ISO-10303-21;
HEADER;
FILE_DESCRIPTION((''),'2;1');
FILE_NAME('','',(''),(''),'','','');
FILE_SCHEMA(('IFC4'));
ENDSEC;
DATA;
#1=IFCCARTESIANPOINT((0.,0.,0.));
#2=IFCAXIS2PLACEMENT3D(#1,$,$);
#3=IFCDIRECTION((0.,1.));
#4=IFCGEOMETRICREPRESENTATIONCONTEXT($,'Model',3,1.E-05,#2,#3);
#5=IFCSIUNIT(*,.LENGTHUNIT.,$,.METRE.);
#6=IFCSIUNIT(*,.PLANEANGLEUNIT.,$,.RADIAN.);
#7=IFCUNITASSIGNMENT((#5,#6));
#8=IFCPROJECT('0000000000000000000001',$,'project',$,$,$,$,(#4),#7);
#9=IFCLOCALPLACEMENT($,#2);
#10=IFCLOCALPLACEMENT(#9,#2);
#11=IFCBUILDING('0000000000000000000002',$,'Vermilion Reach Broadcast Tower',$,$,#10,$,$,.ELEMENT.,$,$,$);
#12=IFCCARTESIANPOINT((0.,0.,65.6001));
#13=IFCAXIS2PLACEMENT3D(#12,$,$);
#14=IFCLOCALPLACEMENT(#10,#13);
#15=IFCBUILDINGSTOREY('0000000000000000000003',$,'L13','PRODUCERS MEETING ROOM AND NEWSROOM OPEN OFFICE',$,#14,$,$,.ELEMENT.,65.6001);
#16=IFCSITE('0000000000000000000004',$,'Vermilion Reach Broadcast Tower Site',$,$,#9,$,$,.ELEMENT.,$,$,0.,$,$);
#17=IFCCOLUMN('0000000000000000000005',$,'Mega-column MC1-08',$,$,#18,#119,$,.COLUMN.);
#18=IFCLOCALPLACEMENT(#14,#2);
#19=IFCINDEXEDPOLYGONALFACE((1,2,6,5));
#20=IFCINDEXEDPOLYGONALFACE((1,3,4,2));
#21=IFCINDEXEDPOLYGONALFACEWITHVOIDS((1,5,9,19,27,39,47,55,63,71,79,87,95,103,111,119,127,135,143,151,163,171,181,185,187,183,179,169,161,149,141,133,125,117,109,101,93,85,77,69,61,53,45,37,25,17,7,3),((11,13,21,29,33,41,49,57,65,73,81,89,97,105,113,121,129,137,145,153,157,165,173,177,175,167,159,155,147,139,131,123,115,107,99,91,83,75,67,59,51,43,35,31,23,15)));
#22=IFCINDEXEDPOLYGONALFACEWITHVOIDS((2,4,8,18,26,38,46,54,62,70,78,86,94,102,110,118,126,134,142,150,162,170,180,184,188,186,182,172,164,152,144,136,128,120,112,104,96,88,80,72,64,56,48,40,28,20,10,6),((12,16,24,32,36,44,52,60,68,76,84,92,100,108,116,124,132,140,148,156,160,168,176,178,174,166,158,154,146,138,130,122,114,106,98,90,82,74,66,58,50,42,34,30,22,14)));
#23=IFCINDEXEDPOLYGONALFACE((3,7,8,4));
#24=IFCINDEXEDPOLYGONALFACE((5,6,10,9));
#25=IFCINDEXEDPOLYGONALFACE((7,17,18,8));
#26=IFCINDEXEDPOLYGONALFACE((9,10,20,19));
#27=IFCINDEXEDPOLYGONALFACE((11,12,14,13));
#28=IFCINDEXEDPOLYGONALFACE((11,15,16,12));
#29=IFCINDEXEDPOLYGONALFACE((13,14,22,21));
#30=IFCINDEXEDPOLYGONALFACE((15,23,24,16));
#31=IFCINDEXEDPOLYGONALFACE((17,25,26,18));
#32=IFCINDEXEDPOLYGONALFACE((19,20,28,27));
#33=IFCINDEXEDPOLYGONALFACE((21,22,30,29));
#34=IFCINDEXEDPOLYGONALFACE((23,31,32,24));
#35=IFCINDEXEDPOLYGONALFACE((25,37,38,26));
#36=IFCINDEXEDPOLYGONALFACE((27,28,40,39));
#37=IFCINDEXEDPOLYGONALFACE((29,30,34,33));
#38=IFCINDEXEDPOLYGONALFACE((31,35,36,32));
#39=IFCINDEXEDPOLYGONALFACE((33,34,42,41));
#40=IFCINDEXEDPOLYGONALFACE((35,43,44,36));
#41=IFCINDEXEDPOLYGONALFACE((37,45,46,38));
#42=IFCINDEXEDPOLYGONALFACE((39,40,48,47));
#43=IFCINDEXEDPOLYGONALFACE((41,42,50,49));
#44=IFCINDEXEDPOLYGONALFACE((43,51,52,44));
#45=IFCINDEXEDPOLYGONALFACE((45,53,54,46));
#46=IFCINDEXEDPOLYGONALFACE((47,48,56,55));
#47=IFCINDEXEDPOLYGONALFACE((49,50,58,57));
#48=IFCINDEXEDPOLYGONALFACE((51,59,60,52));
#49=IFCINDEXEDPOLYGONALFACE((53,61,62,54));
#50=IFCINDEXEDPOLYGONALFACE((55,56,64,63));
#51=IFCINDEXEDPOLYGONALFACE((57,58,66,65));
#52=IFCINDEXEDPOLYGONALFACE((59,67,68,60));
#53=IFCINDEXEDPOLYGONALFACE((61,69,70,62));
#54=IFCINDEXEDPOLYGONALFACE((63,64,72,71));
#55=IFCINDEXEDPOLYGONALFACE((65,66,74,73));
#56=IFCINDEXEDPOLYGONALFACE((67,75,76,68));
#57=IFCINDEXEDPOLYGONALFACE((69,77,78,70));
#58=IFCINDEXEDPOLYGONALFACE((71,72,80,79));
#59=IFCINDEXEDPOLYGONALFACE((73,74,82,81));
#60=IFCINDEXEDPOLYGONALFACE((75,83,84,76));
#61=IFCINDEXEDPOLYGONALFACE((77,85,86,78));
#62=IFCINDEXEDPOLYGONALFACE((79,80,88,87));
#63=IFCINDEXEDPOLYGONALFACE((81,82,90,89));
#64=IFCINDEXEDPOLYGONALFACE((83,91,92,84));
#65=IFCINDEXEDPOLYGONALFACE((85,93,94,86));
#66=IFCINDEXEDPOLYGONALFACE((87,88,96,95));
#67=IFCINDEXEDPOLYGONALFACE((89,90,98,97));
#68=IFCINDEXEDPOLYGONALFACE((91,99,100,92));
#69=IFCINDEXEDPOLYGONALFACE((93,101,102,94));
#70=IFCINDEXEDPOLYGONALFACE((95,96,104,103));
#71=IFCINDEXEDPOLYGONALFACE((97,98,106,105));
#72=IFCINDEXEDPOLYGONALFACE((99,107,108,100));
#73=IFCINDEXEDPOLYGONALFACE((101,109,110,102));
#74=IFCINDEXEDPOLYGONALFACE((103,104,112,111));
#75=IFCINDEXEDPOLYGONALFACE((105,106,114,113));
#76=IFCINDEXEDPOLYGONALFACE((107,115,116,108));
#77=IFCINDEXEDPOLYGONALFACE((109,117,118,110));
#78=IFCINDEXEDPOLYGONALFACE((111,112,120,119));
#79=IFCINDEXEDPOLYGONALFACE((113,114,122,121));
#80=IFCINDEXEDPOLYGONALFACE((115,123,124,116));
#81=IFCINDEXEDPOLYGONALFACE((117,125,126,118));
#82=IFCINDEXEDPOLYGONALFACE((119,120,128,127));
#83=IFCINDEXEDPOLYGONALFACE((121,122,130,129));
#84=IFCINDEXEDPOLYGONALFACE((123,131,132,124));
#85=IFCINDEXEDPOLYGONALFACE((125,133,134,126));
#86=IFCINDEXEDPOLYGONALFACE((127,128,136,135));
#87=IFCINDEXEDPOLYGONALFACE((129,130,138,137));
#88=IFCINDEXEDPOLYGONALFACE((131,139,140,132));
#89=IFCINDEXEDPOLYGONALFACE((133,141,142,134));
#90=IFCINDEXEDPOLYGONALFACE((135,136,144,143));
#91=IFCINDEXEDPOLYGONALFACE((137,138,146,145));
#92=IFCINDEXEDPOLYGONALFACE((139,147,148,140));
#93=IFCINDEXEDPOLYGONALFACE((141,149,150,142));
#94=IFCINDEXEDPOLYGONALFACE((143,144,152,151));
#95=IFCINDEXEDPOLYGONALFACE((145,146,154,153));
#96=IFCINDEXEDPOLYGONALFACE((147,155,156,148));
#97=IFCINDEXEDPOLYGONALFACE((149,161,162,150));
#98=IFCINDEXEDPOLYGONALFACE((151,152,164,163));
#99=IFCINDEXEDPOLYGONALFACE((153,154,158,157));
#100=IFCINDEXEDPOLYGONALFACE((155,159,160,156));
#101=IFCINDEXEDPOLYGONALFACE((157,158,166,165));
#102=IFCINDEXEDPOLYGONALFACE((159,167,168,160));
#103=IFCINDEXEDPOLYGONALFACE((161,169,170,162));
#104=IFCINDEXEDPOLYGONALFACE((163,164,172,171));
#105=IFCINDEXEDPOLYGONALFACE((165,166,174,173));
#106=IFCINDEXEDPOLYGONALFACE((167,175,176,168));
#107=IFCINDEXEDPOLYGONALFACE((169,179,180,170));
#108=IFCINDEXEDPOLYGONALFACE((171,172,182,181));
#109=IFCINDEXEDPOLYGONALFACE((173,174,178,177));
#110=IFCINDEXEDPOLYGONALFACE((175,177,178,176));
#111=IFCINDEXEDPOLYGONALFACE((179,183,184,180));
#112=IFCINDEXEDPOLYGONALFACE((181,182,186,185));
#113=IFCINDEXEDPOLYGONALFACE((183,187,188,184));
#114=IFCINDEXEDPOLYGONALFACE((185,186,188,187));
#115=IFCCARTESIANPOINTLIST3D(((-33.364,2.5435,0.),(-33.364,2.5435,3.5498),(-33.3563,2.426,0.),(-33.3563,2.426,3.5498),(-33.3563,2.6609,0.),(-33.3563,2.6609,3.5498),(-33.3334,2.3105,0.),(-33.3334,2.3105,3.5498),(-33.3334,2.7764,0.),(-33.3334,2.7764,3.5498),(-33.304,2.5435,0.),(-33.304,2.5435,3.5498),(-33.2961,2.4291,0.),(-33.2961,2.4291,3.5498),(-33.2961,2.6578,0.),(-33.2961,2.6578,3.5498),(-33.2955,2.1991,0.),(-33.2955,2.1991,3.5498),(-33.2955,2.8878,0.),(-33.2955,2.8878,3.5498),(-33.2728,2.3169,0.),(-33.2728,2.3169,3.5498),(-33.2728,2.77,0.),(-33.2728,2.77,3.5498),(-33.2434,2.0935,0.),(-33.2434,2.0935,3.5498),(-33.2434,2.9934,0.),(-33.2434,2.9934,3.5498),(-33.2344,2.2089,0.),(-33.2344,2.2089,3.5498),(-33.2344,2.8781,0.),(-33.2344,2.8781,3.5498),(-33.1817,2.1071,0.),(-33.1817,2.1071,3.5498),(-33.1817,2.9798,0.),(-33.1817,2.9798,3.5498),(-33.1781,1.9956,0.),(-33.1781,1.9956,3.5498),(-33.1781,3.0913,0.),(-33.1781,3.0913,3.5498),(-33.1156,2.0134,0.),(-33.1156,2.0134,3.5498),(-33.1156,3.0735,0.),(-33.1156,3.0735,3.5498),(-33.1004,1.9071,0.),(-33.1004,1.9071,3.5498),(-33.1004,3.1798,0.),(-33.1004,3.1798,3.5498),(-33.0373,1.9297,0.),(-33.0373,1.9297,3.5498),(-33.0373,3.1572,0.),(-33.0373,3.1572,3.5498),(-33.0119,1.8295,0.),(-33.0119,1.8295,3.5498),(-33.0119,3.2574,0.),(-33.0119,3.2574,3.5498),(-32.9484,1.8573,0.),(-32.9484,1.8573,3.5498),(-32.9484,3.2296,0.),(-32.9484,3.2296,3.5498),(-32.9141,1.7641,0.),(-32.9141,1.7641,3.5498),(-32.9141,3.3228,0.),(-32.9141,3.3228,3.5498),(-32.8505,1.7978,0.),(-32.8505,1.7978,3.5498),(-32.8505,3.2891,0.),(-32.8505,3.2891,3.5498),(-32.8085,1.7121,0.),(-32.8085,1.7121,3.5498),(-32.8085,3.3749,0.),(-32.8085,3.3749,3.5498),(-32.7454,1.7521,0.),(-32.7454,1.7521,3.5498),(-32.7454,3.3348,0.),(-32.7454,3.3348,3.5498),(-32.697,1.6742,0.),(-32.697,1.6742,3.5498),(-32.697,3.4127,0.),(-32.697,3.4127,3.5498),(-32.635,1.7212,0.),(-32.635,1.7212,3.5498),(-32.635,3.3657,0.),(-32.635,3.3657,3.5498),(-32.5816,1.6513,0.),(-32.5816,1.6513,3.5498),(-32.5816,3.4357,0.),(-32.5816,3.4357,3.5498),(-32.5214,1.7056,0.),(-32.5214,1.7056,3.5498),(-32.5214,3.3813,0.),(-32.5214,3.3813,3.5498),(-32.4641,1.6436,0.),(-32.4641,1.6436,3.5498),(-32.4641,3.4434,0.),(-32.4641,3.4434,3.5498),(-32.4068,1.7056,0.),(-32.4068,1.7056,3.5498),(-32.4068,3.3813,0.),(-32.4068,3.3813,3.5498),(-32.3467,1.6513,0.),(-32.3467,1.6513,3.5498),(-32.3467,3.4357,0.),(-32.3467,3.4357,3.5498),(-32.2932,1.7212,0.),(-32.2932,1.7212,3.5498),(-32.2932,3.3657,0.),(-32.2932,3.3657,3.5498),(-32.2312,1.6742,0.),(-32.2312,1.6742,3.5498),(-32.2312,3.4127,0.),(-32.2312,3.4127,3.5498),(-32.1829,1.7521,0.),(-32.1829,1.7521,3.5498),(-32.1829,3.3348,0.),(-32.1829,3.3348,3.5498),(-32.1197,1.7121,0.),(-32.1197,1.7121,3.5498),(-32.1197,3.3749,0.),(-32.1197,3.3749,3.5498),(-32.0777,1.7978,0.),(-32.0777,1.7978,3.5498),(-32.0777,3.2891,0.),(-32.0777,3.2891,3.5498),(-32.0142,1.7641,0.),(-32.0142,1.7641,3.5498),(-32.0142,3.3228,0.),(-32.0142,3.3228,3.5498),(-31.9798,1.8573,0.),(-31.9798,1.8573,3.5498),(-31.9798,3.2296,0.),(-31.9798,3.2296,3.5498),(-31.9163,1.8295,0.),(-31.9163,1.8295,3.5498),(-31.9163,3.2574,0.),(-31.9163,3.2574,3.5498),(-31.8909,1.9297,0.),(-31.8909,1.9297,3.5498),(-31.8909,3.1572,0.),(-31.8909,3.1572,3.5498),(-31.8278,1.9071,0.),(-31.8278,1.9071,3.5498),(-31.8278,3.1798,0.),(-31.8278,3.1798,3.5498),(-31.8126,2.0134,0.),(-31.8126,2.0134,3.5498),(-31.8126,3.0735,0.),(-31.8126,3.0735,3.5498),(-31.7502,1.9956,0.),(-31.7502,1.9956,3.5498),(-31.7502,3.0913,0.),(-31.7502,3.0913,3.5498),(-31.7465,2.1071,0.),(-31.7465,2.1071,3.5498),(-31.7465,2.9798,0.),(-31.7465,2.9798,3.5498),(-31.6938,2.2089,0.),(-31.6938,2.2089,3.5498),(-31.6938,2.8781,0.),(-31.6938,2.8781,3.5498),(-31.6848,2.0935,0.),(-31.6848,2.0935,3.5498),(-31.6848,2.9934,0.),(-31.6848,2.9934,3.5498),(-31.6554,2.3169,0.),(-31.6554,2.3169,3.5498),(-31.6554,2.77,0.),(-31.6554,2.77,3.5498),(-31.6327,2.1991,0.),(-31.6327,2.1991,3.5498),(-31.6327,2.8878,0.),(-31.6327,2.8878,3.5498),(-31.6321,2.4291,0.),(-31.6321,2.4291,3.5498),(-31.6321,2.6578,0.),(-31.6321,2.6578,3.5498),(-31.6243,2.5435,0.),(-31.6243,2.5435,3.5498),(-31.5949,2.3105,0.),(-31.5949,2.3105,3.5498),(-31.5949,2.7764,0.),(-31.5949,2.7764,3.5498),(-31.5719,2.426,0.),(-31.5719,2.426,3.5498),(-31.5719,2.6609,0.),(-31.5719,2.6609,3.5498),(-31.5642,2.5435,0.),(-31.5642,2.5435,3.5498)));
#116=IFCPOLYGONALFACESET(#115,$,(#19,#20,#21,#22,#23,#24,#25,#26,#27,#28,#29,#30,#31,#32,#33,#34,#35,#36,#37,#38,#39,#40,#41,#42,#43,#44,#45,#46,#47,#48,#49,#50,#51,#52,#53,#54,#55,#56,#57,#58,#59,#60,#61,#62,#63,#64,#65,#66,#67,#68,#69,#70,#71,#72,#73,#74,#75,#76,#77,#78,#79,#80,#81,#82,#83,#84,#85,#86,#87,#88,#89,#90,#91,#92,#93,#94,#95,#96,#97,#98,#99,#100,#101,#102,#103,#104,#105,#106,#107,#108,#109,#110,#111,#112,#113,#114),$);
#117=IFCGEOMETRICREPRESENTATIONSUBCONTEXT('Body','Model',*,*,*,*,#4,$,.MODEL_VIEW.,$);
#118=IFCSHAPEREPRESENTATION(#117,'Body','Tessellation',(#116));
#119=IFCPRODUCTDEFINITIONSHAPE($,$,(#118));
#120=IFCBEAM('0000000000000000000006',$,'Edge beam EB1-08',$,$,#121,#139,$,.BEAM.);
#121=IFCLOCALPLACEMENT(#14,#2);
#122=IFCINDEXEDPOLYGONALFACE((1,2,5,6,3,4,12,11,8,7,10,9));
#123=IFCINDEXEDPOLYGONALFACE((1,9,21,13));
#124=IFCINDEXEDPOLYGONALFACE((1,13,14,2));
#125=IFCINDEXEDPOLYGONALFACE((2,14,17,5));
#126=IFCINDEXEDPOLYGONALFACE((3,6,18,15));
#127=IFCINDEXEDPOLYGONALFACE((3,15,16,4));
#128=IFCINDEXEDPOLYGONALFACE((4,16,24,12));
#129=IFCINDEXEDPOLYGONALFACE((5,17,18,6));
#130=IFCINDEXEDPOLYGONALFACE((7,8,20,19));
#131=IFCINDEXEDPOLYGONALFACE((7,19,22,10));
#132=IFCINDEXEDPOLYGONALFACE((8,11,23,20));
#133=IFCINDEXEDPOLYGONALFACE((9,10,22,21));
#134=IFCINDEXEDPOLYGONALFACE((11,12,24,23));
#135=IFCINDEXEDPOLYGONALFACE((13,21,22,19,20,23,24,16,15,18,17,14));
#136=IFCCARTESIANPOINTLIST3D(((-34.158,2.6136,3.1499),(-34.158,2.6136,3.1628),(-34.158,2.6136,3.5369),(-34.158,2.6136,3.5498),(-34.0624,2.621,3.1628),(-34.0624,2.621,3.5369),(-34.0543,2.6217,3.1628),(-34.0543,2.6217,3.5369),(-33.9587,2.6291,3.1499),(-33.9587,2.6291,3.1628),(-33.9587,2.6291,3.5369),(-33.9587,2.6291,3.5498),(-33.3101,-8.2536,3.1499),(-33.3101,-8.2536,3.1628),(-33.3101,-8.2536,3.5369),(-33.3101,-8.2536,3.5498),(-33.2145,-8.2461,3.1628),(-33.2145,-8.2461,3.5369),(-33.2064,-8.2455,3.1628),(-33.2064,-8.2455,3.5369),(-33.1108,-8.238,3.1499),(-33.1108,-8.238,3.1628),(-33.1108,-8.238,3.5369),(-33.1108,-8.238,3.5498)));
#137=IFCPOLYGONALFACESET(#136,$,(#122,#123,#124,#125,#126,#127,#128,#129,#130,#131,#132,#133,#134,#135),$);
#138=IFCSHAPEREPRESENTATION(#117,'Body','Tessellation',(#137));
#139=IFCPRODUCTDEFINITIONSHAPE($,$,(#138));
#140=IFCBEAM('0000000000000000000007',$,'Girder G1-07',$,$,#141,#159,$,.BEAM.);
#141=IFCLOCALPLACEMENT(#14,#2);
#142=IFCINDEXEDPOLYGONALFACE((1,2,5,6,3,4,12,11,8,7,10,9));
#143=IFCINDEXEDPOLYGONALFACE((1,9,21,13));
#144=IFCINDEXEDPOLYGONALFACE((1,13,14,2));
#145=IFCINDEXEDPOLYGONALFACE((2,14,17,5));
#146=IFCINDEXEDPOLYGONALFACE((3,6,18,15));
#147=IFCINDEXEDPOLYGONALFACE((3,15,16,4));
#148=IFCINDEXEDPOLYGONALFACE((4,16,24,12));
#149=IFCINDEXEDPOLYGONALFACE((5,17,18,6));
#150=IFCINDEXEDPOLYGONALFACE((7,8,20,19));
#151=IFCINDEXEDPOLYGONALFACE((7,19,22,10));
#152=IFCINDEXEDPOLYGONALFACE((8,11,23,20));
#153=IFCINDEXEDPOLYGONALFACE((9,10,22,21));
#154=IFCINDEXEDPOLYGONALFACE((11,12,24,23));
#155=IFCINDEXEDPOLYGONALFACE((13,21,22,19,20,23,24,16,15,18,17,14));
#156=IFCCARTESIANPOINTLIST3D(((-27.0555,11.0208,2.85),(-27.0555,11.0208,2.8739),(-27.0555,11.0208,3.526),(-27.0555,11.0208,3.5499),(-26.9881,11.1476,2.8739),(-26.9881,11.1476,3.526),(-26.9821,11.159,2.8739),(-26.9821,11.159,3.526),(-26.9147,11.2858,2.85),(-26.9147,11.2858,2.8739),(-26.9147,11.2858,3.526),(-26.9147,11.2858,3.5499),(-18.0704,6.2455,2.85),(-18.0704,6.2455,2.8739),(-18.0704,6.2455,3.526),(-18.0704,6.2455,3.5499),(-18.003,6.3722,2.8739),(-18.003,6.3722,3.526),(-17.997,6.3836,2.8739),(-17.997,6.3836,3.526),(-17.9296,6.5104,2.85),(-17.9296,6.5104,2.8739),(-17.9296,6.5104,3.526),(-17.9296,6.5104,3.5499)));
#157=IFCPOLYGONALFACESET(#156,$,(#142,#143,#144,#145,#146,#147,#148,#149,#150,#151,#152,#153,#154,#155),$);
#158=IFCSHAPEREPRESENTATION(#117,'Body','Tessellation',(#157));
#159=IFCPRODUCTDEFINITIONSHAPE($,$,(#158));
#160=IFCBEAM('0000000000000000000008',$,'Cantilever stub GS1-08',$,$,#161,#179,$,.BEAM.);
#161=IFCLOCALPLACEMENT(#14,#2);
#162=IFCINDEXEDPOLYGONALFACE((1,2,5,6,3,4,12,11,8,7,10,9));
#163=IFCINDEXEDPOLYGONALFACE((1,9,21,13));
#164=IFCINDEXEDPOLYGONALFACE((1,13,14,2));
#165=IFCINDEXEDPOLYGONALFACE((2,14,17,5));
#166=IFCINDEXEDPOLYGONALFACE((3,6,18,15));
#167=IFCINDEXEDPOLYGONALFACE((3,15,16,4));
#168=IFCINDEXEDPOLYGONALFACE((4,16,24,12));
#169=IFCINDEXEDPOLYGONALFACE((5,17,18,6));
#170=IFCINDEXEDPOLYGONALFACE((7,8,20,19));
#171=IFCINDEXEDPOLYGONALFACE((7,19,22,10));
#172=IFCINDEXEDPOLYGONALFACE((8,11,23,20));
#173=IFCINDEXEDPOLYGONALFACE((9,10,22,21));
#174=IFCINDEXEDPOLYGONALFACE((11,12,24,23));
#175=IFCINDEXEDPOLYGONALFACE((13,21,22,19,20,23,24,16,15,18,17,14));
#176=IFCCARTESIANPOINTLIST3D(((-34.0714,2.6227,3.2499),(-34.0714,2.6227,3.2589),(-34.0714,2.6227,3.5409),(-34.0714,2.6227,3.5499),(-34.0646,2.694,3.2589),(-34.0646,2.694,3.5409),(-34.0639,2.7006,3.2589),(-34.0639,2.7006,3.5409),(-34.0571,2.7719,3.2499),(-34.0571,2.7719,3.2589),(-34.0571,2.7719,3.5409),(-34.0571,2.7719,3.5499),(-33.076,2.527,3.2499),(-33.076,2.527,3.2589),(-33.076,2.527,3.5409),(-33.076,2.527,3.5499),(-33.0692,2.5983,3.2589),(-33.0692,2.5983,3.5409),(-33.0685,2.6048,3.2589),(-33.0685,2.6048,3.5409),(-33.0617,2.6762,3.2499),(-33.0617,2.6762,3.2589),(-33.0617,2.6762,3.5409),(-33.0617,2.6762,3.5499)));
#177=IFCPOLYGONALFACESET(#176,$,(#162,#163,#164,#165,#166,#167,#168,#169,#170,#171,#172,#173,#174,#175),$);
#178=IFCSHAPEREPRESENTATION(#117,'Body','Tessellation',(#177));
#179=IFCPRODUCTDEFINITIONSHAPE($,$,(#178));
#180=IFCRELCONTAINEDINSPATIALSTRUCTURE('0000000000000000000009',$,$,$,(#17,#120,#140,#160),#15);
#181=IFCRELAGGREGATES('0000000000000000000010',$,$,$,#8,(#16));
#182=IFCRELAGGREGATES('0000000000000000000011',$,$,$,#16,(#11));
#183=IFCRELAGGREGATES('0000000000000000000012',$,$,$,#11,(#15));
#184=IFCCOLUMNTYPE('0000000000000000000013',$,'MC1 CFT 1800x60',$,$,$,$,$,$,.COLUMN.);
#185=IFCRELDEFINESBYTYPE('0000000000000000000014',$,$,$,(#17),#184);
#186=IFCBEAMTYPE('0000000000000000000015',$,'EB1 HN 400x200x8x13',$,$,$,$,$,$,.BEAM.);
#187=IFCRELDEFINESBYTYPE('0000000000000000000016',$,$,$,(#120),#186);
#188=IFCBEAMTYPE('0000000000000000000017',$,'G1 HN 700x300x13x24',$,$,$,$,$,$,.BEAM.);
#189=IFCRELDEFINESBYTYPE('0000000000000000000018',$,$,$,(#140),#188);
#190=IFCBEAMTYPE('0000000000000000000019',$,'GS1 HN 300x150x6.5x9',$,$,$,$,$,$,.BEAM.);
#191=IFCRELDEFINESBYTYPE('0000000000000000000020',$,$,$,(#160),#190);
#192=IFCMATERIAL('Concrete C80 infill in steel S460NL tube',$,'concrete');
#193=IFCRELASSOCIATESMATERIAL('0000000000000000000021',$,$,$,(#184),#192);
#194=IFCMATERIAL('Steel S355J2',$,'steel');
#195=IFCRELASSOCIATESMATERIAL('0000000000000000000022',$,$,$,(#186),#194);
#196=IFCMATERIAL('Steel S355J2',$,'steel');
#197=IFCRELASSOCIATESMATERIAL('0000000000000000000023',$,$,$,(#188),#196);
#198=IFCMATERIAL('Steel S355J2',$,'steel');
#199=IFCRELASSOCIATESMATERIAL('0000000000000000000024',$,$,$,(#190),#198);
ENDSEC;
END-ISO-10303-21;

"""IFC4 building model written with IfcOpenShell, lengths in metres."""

from ifc_helpers import new_model, si_unit, direction, frame, origin, origin_2d, place, context, subcontext, project, spatial, hollow_circle, i_section, extrude, material, material_profile, profile_set, type_object, element, save


model = new_model("IFC4")

# Units and contexts
model_context = context("Model", 3, precision=1e-05, world=origin(), true_north=direction((0.0, 1.0)))
body_context = subcontext(model_context, "Body", "Model", "MODEL_VIEW")
ifc_project = project(units=[si_unit("LENGTHUNIT", "METRE"), si_unit("PLANEANGLEUNIT", "RADIAN")], contexts=[model_context])

# Site, building, storey
site_placement = place(None, origin())
site = spatial("IfcSite", under=ifc_project, at=site_placement, Name="Vermilion Reach Broadcast Tower Site", CompositionType="ELEMENT", RefElevation=0.0)
building_placement = place(site_placement, origin())
building = spatial("IfcBuilding", under=site, at=building_placement, Name="Vermilion Reach Broadcast Tower", CompositionType="ELEMENT")
storey_placement = place(building_placement, frame((0.0, 0.0, 65.6001)))
storey = spatial("IfcBuildingStorey", under=building, at=storey_placement, Name="L13", Description="PRODUCERS MEETING ROOM AND NEWSROOM OPEN OFFICE", CompositionType="ELEMENT", Elevation=65.6001)

# Column
ifc_material_1 = material(Name="Concrete C80 infill in steel S460NL tube", Category="concrete")
ifc_material_profile_1 = material_profile(ifc_material_1, hollow_circle(Radius=0.8999, WallThickness=0.0601, at=origin_2d()), Name="Concrete C80 infill in steel S460NL tube CFT 1800x60")
ifc_profile_set_1 = profile_set([ifc_material_profile_1], Name="Concrete C80 infill in steel S460NL tube")
column_type = type_object("IfcColumnType", Name="MC1 CFT 1800x60", PredefinedType="COLUMN", material=ifc_profile_set_1)
column_placement = place(storey_placement, frame((-32.4641, 2.5435, 0.0), z_axis=(0.0, 0.0, 1.0), x_axis=(1.0, 0.0, 0.0)))
element("IfcColumn", 1, at=column_placement, inside=storey, type_object=column_type, Name="Mega-column MC1-08", PredefinedType="COLUMN", context=body_context, shape_type="SweptSolid", body=[
    extrude(hollow_circle(Radius=0.8999, WallThickness=0.0601, at=origin_2d()), origin(), (0.0, 0.0, 1.0), 3.5498),
])

# Beams
ifc_material_2 = material(Name="Steel S355J2", Category="steel")
ifc_material_profile_2 = material_profile(ifc_material_2, i_section(OverallWidth=0.2, OverallDepth=0.3999, WebThickness=0.0081, FlangeThickness=0.0129, at=origin_2d()), Name="S355J2 HN 400x200x8x13")
ifc_profile_set_2 = profile_set([ifc_material_profile_2], Name="Steel S355J2")
beam_type_1 = type_object("IfcBeamType", Name="EB1 HN 400x200x8x13", PredefinedType="BEAM", material=ifc_profile_set_2)
beam_1_placement = place(storey_placement, frame((-34.0583, 2.6213, 3.3499), z_axis=(0.077787, -0.99697, 0.0), x_axis=(0.99697, 0.077787, 0.0)))
element("IfcBeam", 2, at=beam_1_placement, inside=storey, type_object=beam_type_1, Name="Edge beam EB1-08", PredefinedType="BEAM", context=body_context, shape_type="SweptSolid", body=[
    extrude(i_section(OverallWidth=0.2, OverallDepth=0.3999, WebThickness=0.0081, FlangeThickness=0.0129, at=origin_2d()), origin(), (0.0, 0.0, 1.0), 10.9001),
])
ifc_material_3 = material(Name="Steel S355J2", Category="steel")
ifc_material_profile_3 = material_profile(ifc_material_3, i_section(OverallWidth=0.3, OverallDepth=0.7, WebThickness=0.0129, FlangeThickness=0.0239, at=origin_2d()), Name="S355J2 HN 700x300x13x24")
ifc_profile_set_3 = profile_set([ifc_material_profile_3], Name="Steel S355J2")
beam_type_2 = type_object("IfcBeamType", Name="G1 HN 700x300x13x24", PredefinedType="BEAM", material=ifc_profile_set_3)
beam_2_placement = place(storey_placement, frame((-18.0, 6.3779, 3.2), z_axis=(-0.883032, 0.469313, 0.0), x_axis=(-0.469313, -0.883032, 0.0)))
element("IfcBeam", 3, at=beam_2_placement, inside=storey, type_object=beam_type_2, Name="Girder G1-07", PredefinedType="BEAM", context=body_context, shape_type="SweptSolid", body=[
    extrude(i_section(OverallWidth=0.3, OverallDepth=0.7, WebThickness=0.0129, FlangeThickness=0.0239, at=origin_2d()), origin(), (0.0, 0.0, 1.0), 10.1753),
])
ifc_material_4 = material(Name="Steel S355J2", Category="steel")
ifc_material_profile_4 = material_profile(ifc_material_4, i_section(OverallWidth=0.1499, OverallDepth=0.3, WebThickness=0.0066, FlangeThickness=0.009, at=origin_2d()), Name="S355J2 HN 300x150x6.5x9")
ifc_profile_set_4 = profile_set([ifc_material_profile_4], Name="Steel S355J2")
beam_type_3 = type_object("IfcBeamType", Name="GS1 HN 300x150x6.5x9", PredefinedType="BEAM", material=ifc_profile_set_4)
beam_3_placement = place(storey_placement, frame((-33.0688, 2.6016, 3.3999), z_axis=(-0.995409, 0.095708, 0.0), x_axis=(-0.095708, -0.995409, 0.0)))
element("IfcBeam", 4, at=beam_3_placement, inside=storey, type_object=beam_type_3, Name="Cantilever stub GS1-08", PredefinedType="BEAM", context=body_context, shape_type="SweptSolid", body=[
    extrude(i_section(OverallWidth=0.1499, OverallDepth=0.3, WebThickness=0.0066, FlangeThickness=0.009, at=origin_2d()), origin(), (0.0, 0.0, 1.0), 1.0),
])

save(model, "model.ifc")
